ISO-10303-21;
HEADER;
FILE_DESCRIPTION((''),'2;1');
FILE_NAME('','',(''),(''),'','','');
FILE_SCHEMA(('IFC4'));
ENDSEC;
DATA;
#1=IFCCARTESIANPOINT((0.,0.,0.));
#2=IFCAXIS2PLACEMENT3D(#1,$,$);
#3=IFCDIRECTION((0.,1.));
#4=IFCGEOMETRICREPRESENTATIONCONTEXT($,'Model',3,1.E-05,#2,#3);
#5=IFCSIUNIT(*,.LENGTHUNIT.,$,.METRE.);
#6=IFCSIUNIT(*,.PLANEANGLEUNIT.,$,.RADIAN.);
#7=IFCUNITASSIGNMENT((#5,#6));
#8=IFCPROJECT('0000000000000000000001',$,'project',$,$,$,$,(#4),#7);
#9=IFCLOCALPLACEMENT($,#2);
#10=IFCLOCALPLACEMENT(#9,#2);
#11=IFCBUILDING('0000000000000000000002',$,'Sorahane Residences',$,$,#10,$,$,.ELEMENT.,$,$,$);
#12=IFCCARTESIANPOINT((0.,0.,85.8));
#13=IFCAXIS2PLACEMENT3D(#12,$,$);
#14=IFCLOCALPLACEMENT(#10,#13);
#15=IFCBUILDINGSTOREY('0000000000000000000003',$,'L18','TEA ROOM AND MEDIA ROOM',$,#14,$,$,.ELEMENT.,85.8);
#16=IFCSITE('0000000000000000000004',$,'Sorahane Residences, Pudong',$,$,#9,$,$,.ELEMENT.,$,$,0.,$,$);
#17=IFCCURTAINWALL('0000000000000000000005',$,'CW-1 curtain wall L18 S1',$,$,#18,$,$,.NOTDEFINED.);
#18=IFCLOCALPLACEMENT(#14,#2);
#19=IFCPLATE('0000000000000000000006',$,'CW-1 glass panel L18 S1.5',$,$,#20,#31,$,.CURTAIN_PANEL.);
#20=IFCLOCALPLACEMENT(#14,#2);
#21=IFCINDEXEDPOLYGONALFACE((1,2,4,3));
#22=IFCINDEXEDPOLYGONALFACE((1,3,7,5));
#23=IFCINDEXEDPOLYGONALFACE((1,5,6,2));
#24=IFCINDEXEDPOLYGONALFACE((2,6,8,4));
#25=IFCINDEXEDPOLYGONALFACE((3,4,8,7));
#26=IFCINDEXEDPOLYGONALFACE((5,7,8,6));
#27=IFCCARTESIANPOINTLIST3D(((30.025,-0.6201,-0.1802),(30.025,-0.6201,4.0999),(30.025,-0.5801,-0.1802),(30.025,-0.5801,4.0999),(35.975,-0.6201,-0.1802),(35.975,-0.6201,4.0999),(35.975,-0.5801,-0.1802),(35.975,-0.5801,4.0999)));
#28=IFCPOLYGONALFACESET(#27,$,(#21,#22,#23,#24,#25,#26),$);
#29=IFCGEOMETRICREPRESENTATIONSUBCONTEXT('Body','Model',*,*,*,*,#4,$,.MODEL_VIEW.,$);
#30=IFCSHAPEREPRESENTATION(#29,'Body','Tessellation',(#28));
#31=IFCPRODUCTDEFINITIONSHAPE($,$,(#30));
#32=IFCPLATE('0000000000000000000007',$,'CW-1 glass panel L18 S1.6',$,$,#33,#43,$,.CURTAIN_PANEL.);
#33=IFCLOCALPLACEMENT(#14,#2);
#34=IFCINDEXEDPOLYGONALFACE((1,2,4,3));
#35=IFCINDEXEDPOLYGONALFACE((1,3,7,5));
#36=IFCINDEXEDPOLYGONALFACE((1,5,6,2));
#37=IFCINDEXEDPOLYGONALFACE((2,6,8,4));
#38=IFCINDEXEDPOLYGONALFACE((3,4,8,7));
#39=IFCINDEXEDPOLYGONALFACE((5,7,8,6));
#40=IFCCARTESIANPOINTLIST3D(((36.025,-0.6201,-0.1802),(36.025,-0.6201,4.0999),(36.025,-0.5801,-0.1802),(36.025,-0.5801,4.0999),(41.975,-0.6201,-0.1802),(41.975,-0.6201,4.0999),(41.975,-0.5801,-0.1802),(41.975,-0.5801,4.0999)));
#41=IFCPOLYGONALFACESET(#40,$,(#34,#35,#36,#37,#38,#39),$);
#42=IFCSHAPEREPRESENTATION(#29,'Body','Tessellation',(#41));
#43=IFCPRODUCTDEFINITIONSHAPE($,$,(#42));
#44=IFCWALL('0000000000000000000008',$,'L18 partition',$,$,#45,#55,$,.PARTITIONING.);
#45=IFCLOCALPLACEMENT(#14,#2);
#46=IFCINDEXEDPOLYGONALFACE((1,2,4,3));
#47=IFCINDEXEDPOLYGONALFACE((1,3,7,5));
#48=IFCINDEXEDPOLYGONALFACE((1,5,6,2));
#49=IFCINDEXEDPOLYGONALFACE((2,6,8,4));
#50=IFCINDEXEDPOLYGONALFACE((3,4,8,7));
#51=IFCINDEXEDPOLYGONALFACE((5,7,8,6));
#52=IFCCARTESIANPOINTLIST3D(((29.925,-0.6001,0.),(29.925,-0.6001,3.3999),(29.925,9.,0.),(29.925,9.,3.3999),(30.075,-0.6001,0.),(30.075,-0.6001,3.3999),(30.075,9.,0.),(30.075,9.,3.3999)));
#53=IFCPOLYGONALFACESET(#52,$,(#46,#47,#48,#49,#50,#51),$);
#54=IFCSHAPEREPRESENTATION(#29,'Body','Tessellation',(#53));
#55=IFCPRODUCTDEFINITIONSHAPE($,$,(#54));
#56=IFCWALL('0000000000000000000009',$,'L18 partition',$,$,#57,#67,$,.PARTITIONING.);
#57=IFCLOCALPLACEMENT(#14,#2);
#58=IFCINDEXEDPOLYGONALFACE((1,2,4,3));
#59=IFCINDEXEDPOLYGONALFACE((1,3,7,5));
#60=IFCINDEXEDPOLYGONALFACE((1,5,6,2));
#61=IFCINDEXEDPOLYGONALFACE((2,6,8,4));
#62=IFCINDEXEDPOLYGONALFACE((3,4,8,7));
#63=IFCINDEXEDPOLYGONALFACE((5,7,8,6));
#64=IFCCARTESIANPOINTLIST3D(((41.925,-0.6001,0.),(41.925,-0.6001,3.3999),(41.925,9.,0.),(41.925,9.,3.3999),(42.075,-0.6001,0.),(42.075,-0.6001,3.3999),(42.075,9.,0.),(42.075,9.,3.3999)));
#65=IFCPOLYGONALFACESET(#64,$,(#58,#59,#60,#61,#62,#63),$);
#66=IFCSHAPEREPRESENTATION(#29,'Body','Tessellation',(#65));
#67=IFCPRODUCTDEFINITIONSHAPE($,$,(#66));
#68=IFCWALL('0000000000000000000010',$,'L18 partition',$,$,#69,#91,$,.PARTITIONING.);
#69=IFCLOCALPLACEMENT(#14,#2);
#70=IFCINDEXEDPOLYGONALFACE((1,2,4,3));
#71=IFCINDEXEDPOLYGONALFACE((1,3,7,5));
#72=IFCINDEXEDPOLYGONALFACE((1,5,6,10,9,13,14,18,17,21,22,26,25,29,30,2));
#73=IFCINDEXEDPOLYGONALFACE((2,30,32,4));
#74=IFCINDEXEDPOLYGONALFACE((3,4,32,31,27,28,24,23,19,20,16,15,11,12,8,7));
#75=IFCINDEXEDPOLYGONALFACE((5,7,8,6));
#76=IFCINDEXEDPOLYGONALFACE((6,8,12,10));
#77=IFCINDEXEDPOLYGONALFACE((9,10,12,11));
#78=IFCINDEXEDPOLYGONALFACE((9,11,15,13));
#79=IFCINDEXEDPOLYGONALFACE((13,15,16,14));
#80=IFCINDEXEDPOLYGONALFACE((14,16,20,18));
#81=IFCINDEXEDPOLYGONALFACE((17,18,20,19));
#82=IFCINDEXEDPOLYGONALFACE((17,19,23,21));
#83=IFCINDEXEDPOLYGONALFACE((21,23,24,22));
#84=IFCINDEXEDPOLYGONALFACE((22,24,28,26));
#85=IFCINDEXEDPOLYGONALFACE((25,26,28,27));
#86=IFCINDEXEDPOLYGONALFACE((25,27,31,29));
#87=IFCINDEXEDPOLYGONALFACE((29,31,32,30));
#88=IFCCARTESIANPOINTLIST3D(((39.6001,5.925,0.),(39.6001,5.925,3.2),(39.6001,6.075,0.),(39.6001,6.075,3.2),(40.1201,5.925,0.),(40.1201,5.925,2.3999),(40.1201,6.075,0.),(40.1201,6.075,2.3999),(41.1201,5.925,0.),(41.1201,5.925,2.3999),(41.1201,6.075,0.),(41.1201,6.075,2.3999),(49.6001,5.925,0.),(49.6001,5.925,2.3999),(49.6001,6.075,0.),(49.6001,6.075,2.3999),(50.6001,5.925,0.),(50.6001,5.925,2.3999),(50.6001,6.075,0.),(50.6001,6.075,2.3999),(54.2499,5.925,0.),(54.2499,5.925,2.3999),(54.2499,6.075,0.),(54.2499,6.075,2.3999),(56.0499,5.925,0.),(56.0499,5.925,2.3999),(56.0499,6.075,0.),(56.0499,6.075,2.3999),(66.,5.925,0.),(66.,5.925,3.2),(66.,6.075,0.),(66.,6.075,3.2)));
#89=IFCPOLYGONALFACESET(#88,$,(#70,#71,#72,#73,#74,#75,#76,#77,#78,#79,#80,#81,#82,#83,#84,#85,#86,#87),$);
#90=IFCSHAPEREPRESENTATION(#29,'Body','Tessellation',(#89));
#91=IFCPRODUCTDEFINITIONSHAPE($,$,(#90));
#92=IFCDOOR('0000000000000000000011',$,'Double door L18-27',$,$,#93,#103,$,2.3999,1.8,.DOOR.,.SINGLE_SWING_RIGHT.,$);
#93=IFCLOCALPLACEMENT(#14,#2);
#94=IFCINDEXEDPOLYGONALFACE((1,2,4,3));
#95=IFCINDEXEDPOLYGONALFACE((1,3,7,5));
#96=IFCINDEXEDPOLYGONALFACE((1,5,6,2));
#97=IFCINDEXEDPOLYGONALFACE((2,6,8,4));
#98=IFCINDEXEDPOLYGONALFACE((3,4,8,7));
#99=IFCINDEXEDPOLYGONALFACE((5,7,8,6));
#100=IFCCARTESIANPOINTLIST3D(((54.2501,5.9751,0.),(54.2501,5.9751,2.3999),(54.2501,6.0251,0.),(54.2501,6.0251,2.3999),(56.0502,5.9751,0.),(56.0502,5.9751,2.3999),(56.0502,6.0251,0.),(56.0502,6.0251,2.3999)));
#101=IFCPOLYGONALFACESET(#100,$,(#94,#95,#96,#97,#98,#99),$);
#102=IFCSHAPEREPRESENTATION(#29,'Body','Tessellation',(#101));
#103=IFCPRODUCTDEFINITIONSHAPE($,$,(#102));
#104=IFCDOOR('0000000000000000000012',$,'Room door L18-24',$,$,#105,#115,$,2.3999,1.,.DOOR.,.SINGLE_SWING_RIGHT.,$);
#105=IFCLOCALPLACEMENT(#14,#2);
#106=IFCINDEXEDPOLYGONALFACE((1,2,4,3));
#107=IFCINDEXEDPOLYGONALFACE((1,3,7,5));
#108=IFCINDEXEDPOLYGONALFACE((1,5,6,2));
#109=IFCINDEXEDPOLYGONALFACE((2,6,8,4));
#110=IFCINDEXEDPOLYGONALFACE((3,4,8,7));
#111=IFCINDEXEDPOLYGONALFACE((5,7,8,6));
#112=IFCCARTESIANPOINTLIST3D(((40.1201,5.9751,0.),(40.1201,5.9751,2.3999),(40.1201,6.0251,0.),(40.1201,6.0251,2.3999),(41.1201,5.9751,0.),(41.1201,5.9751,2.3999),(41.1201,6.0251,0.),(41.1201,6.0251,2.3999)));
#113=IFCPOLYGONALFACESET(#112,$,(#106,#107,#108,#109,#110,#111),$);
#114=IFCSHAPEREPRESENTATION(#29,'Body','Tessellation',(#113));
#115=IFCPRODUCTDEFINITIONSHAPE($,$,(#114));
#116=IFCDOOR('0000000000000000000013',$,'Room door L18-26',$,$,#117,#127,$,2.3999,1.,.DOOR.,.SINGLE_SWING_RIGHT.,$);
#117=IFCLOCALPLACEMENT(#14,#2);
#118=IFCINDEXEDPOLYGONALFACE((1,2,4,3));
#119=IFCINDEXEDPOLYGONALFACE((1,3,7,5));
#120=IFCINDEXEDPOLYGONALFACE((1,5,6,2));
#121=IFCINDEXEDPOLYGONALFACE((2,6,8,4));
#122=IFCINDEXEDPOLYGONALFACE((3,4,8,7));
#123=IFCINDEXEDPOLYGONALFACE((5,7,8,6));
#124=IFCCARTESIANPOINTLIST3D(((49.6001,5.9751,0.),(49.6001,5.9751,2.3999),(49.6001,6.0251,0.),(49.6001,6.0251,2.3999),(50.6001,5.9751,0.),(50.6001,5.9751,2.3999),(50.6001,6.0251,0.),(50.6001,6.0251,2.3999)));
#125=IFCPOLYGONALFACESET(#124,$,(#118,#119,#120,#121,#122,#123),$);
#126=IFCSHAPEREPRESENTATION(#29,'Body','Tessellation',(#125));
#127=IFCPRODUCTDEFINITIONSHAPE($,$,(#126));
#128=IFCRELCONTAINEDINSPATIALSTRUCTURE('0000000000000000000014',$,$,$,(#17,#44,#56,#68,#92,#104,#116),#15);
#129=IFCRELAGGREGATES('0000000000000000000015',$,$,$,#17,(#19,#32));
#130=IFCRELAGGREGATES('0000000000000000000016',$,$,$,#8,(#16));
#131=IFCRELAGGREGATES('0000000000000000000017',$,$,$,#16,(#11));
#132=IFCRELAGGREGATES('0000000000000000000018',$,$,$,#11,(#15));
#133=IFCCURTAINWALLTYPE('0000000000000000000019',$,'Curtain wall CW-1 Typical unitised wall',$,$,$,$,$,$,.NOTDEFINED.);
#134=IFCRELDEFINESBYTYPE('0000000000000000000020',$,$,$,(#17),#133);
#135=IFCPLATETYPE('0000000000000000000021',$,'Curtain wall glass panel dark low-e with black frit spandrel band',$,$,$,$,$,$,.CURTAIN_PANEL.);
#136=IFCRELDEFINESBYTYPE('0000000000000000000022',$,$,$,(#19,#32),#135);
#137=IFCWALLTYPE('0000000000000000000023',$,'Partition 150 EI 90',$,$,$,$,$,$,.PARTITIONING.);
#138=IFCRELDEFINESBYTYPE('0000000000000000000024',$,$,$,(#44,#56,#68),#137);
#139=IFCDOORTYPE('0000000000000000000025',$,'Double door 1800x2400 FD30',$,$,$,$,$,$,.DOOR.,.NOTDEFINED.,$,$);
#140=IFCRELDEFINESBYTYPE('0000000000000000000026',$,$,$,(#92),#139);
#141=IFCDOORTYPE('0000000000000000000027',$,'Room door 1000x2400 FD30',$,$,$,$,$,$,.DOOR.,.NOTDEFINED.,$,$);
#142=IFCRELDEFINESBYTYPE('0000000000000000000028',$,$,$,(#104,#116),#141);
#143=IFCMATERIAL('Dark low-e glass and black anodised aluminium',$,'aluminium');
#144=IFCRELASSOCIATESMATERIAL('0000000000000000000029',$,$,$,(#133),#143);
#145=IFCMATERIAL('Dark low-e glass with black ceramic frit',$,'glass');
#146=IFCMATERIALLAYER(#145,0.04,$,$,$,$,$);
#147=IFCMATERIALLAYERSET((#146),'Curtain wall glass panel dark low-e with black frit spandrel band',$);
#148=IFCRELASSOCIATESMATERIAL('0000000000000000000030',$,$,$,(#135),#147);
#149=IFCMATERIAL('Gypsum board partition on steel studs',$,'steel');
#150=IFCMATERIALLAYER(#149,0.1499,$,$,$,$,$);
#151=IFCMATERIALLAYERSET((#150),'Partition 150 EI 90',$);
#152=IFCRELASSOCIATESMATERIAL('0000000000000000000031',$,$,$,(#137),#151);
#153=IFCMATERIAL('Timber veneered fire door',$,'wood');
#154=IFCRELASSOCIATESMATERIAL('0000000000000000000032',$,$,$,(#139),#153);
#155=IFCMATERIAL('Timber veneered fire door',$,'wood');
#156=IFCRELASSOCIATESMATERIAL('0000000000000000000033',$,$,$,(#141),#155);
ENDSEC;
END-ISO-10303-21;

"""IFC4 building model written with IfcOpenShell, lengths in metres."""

from ifc_helpers import new_model, si_unit, direction, frame, frame_2d, origin, origin_2d, place, context, subcontext, project, spatial, rectangle, extrude, material, layer, layer_set, type_object, element, fill, aggregate, save


model = new_model("IFC4")

# Units and contexts
model_context = context("Model", 3, precision=1e-05, world=origin(), true_north=direction((0.0, 1.0)))
body_context = subcontext(model_context, "Body", "Model", "MODEL_VIEW")
ifc_project = project(units=[si_unit("LENGTHUNIT", "METRE"), si_unit("PLANEANGLEUNIT", "RADIAN")], contexts=[model_context])

# Site, building, storey
site_placement = place(None, origin())
site = spatial("IfcSite", under=ifc_project, at=site_placement, Name="Sorahane Residences, Pudong", CompositionType="ELEMENT", RefElevation=0.0)
building_placement = place(site_placement, origin())
building = spatial("IfcBuilding", under=site, at=building_placement, Name="Sorahane Residences", CompositionType="ELEMENT")
storey_placement = place(building_placement, frame((0.0, 0.0, 85.8)))
storey = spatial("IfcBuildingStorey", under=building, at=storey_placement, Name="L18", Description="TEA ROOM AND MEDIA ROOM", CompositionType="ELEMENT", Elevation=85.8)

# Curtain wall
ifc_material_1 = material(Name="Dark low-e glass and black anodised aluminium", Category="aluminium")
curtain_wall_type = type_object("IfcCurtainWallType", Name="Curtain wall CW-1 Typical unitised wall", PredefinedType="NOTDEFINED", material=ifc_material_1)
curtain_wall_placement = place(storey_placement, origin())
curtain_wall = element("IfcCurtainWall", 1, at=curtain_wall_placement, inside=storey, type_object=curtain_wall_type, Name="CW-1 curtain wall L18 S1", PredefinedType="NOTDEFINED")

# Plates
ifc_material_2 = material(Name="Dark low-e glass with black ceramic frit", Category="glass")
ifc_layer_1 = layer(ifc_material_2, 0.04)
ifc_layer_set_1 = layer_set([ifc_layer_1], Name="Curtain wall glass panel dark low-e with black frit spandrel band")
plate_type = type_object("IfcPlateType", Name="Curtain wall glass panel dark low-e with black frit spandrel band", PredefinedType="CURTAIN_PANEL", material=ifc_layer_set_1)
plate_1_placement = place(storey_placement, frame((33.0, -0.6001, -0.1802), z_axis=(0.0, 0.0, 1.0), x_axis=(1.0, 0.0, 0.0)))
plate_1 = element("IfcPlate", 2, at=plate_1_placement, type_object=plate_type, Name="CW-1 glass panel L18 S1.5", PredefinedType="CURTAIN_PANEL", context=body_context, shape_type="SweptSolid", body=[
    extrude(rectangle(XDim=5.95, YDim=0.04, at=origin_2d()), origin(), (0.0, 0.0, 1.0), 4.28),
])
plate_2_placement = place(storey_placement, frame((39.0, -0.6001, -0.1802), z_axis=(0.0, 0.0, 1.0), x_axis=(1.0, 0.0, 0.0)))
plate_2 = element("IfcPlate", 3, at=plate_2_placement, type_object=plate_type, Name="CW-1 glass panel L18 S1.6", PredefinedType="CURTAIN_PANEL", context=body_context, shape_type="SweptSolid", body=[
    extrude(rectangle(XDim=5.95, YDim=0.04, at=origin_2d()), origin(), (0.0, 0.0, 1.0), 4.28),
])
aggregate(curtain_wall, [plate_1, plate_2])

# Walls
ifc_material_3 = material(Name="Gypsum board partition on steel studs", Category="steel")
ifc_layer_2 = layer(ifc_material_3, 0.1499)
ifc_layer_set_2 = layer_set([ifc_layer_2], Name="Partition 150 EI 90")
wall_type_1 = type_object("IfcWallType", Name="Partition 150 EI 90", PredefinedType="PARTITIONING", material=ifc_layer_set_2)
for number, where, z_axis, x_axis, name in (
    (4, (30.0, -0.6001, 0.0), (0.0, 0.0, 1.0), (0.0, 1.0, 0.0), "L18 partition"),
    (5, (42.0, -0.6001, 0.0), (0.0, 0.0, 1.0), (0.0, 1.0, 0.0), "L18 partition"),
):
    element("IfcWall", number, at=place(storey_placement, frame(where, z_axis=z_axis, x_axis=x_axis)), inside=storey, type_object=wall_type_1, Name=name, PredefinedType="PARTITIONING", context=body_context, shape_type="SweptSolid", body=[
        extrude(rectangle(XDim=9.6001, YDim=0.1499, at=frame_2d((4.8, 0.0))), origin(), (0.0, 0.0, 1.0), 3.3999),
    ])

# Wall, openings, doors
wall_1_placement = place(storey_placement, frame((39.6001, 6.0, 0.0), z_axis=(0.0, 0.0, 1.0), x_axis=(1.0, 0.0, 0.0)))
wall_1 = element("IfcWall", 6, at=wall_1_placement, inside=storey, type_object=wall_type_1, Name="L18 partition", PredefinedType="PARTITIONING", context=body_context, shape_type="SweptSolid", body=[
    extrude(rectangle(XDim=26.3999, YDim=0.1499, at=frame_2d((13.2, 0.0))), origin(), (0.0, 0.0, 1.0), 3.2),
])
opening_1_placement = place(wall_1_placement, frame((0.52, 0.0, 0.0)))
opening_1 = element("IfcOpeningElement", 7, at=opening_1_placement, cuts=wall_1, PredefinedType="OPENING", context=body_context, shape_type="SweptSolid", body=[
    extrude(rectangle(XDim=1.0, YDim=2.3999, at=frame_2d((0.5, 1.2))), frame((0.0, 0.085, 0.0), z_axis=(0.0, -1.0, 0.0), x_axis=(1.0, 0.0, 0.0)), (0.0, 0.0, 1.0), 0.1699),
])
opening_2_placement = place(wall_1_placement, frame((10.0, 0.0, 0.0)))
opening_2 = element("IfcOpeningElement", 8, at=opening_2_placement, cuts=wall_1, PredefinedType="OPENING", context=body_context, shape_type="SweptSolid", body=[
    extrude(rectangle(XDim=1.0, YDim=2.3999, at=frame_2d((0.5, 1.2))), frame((0.0, 0.085, 0.0), z_axis=(0.0, -1.0, 0.0), x_axis=(1.0, 0.0, 0.0)), (0.0, 0.0, 1.0), 0.1699),
])
opening_3_placement = place(wall_1_placement, frame((14.6499, 0.0, 0.0)))
opening_3 = element("IfcOpeningElement", 9, at=opening_3_placement, cuts=wall_1, PredefinedType="OPENING", context=body_context, shape_type="SweptSolid", body=[
    extrude(rectangle(XDim=1.8, YDim=2.3999, at=frame_2d((0.8999, 1.2))), frame((0.0, 0.085, 0.0), z_axis=(0.0, -1.0, 0.0), x_axis=(1.0, 0.0, 0.0)), (0.0, 0.0, 1.0), 0.1699),
])
ifc_material_4 = material(Name="Timber veneered fire door", Category="wood")
door_type_1 = type_object("IfcDoorType", Name="Double door 1800x2400 FD30", OperationType="NOTDEFINED", PredefinedType="DOOR", material=ifc_material_4)
door_1_placement = place(opening_3_placement, frame((1.8, 0.0, 0.0), z_axis=(0.0, 0.0, 1.0), x_axis=(-1.0, 0.0, 0.0)))
door_1 = element("IfcDoor", 10, at=door_1_placement, inside=storey, type_object=door_type_1, Name="Double door L18-27", OperationType="SINGLE_SWING_RIGHT", OverallHeight=2.3999, OverallWidth=1.8, PredefinedType="DOOR", context=body_context, shape_type="SweptSolid", body=[
    extrude(rectangle(XDim=1.8, YDim=2.3999, at=frame_2d((0.8999, 1.2))), frame((0.0, 0.0249, 0.0), z_axis=(0.0, -1.0, 0.0), x_axis=(1.0, 0.0, 0.0)), (0.0, 0.0, 1.0), 0.05),
])
fill(opening_3, door_1)
ifc_material_5 = material(Name="Timber veneered fire door", Category="wood")
door_type_2 = type_object("IfcDoorType", Name="Room door 1000x2400 FD30", OperationType="NOTDEFINED", PredefinedType="DOOR", material=ifc_material_5)
door_2_placement = place(opening_1_placement, frame((1.0, 0.0, 0.0), z_axis=(0.0, 0.0, 1.0), x_axis=(-1.0, 0.0, 0.0)))
door_2 = element("IfcDoor", 11, at=door_2_placement, inside=storey, type_object=door_type_2, Name="Room door L18-24", OperationType="SINGLE_SWING_RIGHT", OverallHeight=2.3999, OverallWidth=1.0, PredefinedType="DOOR", context=body_context, shape_type="SweptSolid", body=[
    extrude(rectangle(XDim=1.0, YDim=2.3999, at=frame_2d((0.5, 1.2))), frame((0.0, 0.0249, 0.0), z_axis=(0.0, -1.0, 0.0), x_axis=(1.0, 0.0, 0.0)), (0.0, 0.0, 1.0), 0.05),
])
fill(opening_1, door_2)
door_3_placement = place(opening_2_placement, frame((1.0, 0.0, 0.0), z_axis=(0.0, 0.0, 1.0), x_axis=(-1.0, 0.0, 0.0)))
door_3 = element("IfcDoor", 12, at=door_3_placement, inside=storey, type_object=door_type_2, Name="Room door L18-26", OperationType="SINGLE_SWING_RIGHT", OverallHeight=2.3999, OverallWidth=1.0, PredefinedType="DOOR", context=body_context, shape_type="SweptSolid", body=[
    extrude(rectangle(XDim=1.0, YDim=2.3999, at=frame_2d((0.5, 1.2))), frame((0.0, 0.0249, 0.0), z_axis=(0.0, -1.0, 0.0), x_axis=(1.0, 0.0, 0.0)), (0.0, 0.0, 1.0), 0.05),
])
fill(opening_2, door_3)

save(model, "model.ifc")
